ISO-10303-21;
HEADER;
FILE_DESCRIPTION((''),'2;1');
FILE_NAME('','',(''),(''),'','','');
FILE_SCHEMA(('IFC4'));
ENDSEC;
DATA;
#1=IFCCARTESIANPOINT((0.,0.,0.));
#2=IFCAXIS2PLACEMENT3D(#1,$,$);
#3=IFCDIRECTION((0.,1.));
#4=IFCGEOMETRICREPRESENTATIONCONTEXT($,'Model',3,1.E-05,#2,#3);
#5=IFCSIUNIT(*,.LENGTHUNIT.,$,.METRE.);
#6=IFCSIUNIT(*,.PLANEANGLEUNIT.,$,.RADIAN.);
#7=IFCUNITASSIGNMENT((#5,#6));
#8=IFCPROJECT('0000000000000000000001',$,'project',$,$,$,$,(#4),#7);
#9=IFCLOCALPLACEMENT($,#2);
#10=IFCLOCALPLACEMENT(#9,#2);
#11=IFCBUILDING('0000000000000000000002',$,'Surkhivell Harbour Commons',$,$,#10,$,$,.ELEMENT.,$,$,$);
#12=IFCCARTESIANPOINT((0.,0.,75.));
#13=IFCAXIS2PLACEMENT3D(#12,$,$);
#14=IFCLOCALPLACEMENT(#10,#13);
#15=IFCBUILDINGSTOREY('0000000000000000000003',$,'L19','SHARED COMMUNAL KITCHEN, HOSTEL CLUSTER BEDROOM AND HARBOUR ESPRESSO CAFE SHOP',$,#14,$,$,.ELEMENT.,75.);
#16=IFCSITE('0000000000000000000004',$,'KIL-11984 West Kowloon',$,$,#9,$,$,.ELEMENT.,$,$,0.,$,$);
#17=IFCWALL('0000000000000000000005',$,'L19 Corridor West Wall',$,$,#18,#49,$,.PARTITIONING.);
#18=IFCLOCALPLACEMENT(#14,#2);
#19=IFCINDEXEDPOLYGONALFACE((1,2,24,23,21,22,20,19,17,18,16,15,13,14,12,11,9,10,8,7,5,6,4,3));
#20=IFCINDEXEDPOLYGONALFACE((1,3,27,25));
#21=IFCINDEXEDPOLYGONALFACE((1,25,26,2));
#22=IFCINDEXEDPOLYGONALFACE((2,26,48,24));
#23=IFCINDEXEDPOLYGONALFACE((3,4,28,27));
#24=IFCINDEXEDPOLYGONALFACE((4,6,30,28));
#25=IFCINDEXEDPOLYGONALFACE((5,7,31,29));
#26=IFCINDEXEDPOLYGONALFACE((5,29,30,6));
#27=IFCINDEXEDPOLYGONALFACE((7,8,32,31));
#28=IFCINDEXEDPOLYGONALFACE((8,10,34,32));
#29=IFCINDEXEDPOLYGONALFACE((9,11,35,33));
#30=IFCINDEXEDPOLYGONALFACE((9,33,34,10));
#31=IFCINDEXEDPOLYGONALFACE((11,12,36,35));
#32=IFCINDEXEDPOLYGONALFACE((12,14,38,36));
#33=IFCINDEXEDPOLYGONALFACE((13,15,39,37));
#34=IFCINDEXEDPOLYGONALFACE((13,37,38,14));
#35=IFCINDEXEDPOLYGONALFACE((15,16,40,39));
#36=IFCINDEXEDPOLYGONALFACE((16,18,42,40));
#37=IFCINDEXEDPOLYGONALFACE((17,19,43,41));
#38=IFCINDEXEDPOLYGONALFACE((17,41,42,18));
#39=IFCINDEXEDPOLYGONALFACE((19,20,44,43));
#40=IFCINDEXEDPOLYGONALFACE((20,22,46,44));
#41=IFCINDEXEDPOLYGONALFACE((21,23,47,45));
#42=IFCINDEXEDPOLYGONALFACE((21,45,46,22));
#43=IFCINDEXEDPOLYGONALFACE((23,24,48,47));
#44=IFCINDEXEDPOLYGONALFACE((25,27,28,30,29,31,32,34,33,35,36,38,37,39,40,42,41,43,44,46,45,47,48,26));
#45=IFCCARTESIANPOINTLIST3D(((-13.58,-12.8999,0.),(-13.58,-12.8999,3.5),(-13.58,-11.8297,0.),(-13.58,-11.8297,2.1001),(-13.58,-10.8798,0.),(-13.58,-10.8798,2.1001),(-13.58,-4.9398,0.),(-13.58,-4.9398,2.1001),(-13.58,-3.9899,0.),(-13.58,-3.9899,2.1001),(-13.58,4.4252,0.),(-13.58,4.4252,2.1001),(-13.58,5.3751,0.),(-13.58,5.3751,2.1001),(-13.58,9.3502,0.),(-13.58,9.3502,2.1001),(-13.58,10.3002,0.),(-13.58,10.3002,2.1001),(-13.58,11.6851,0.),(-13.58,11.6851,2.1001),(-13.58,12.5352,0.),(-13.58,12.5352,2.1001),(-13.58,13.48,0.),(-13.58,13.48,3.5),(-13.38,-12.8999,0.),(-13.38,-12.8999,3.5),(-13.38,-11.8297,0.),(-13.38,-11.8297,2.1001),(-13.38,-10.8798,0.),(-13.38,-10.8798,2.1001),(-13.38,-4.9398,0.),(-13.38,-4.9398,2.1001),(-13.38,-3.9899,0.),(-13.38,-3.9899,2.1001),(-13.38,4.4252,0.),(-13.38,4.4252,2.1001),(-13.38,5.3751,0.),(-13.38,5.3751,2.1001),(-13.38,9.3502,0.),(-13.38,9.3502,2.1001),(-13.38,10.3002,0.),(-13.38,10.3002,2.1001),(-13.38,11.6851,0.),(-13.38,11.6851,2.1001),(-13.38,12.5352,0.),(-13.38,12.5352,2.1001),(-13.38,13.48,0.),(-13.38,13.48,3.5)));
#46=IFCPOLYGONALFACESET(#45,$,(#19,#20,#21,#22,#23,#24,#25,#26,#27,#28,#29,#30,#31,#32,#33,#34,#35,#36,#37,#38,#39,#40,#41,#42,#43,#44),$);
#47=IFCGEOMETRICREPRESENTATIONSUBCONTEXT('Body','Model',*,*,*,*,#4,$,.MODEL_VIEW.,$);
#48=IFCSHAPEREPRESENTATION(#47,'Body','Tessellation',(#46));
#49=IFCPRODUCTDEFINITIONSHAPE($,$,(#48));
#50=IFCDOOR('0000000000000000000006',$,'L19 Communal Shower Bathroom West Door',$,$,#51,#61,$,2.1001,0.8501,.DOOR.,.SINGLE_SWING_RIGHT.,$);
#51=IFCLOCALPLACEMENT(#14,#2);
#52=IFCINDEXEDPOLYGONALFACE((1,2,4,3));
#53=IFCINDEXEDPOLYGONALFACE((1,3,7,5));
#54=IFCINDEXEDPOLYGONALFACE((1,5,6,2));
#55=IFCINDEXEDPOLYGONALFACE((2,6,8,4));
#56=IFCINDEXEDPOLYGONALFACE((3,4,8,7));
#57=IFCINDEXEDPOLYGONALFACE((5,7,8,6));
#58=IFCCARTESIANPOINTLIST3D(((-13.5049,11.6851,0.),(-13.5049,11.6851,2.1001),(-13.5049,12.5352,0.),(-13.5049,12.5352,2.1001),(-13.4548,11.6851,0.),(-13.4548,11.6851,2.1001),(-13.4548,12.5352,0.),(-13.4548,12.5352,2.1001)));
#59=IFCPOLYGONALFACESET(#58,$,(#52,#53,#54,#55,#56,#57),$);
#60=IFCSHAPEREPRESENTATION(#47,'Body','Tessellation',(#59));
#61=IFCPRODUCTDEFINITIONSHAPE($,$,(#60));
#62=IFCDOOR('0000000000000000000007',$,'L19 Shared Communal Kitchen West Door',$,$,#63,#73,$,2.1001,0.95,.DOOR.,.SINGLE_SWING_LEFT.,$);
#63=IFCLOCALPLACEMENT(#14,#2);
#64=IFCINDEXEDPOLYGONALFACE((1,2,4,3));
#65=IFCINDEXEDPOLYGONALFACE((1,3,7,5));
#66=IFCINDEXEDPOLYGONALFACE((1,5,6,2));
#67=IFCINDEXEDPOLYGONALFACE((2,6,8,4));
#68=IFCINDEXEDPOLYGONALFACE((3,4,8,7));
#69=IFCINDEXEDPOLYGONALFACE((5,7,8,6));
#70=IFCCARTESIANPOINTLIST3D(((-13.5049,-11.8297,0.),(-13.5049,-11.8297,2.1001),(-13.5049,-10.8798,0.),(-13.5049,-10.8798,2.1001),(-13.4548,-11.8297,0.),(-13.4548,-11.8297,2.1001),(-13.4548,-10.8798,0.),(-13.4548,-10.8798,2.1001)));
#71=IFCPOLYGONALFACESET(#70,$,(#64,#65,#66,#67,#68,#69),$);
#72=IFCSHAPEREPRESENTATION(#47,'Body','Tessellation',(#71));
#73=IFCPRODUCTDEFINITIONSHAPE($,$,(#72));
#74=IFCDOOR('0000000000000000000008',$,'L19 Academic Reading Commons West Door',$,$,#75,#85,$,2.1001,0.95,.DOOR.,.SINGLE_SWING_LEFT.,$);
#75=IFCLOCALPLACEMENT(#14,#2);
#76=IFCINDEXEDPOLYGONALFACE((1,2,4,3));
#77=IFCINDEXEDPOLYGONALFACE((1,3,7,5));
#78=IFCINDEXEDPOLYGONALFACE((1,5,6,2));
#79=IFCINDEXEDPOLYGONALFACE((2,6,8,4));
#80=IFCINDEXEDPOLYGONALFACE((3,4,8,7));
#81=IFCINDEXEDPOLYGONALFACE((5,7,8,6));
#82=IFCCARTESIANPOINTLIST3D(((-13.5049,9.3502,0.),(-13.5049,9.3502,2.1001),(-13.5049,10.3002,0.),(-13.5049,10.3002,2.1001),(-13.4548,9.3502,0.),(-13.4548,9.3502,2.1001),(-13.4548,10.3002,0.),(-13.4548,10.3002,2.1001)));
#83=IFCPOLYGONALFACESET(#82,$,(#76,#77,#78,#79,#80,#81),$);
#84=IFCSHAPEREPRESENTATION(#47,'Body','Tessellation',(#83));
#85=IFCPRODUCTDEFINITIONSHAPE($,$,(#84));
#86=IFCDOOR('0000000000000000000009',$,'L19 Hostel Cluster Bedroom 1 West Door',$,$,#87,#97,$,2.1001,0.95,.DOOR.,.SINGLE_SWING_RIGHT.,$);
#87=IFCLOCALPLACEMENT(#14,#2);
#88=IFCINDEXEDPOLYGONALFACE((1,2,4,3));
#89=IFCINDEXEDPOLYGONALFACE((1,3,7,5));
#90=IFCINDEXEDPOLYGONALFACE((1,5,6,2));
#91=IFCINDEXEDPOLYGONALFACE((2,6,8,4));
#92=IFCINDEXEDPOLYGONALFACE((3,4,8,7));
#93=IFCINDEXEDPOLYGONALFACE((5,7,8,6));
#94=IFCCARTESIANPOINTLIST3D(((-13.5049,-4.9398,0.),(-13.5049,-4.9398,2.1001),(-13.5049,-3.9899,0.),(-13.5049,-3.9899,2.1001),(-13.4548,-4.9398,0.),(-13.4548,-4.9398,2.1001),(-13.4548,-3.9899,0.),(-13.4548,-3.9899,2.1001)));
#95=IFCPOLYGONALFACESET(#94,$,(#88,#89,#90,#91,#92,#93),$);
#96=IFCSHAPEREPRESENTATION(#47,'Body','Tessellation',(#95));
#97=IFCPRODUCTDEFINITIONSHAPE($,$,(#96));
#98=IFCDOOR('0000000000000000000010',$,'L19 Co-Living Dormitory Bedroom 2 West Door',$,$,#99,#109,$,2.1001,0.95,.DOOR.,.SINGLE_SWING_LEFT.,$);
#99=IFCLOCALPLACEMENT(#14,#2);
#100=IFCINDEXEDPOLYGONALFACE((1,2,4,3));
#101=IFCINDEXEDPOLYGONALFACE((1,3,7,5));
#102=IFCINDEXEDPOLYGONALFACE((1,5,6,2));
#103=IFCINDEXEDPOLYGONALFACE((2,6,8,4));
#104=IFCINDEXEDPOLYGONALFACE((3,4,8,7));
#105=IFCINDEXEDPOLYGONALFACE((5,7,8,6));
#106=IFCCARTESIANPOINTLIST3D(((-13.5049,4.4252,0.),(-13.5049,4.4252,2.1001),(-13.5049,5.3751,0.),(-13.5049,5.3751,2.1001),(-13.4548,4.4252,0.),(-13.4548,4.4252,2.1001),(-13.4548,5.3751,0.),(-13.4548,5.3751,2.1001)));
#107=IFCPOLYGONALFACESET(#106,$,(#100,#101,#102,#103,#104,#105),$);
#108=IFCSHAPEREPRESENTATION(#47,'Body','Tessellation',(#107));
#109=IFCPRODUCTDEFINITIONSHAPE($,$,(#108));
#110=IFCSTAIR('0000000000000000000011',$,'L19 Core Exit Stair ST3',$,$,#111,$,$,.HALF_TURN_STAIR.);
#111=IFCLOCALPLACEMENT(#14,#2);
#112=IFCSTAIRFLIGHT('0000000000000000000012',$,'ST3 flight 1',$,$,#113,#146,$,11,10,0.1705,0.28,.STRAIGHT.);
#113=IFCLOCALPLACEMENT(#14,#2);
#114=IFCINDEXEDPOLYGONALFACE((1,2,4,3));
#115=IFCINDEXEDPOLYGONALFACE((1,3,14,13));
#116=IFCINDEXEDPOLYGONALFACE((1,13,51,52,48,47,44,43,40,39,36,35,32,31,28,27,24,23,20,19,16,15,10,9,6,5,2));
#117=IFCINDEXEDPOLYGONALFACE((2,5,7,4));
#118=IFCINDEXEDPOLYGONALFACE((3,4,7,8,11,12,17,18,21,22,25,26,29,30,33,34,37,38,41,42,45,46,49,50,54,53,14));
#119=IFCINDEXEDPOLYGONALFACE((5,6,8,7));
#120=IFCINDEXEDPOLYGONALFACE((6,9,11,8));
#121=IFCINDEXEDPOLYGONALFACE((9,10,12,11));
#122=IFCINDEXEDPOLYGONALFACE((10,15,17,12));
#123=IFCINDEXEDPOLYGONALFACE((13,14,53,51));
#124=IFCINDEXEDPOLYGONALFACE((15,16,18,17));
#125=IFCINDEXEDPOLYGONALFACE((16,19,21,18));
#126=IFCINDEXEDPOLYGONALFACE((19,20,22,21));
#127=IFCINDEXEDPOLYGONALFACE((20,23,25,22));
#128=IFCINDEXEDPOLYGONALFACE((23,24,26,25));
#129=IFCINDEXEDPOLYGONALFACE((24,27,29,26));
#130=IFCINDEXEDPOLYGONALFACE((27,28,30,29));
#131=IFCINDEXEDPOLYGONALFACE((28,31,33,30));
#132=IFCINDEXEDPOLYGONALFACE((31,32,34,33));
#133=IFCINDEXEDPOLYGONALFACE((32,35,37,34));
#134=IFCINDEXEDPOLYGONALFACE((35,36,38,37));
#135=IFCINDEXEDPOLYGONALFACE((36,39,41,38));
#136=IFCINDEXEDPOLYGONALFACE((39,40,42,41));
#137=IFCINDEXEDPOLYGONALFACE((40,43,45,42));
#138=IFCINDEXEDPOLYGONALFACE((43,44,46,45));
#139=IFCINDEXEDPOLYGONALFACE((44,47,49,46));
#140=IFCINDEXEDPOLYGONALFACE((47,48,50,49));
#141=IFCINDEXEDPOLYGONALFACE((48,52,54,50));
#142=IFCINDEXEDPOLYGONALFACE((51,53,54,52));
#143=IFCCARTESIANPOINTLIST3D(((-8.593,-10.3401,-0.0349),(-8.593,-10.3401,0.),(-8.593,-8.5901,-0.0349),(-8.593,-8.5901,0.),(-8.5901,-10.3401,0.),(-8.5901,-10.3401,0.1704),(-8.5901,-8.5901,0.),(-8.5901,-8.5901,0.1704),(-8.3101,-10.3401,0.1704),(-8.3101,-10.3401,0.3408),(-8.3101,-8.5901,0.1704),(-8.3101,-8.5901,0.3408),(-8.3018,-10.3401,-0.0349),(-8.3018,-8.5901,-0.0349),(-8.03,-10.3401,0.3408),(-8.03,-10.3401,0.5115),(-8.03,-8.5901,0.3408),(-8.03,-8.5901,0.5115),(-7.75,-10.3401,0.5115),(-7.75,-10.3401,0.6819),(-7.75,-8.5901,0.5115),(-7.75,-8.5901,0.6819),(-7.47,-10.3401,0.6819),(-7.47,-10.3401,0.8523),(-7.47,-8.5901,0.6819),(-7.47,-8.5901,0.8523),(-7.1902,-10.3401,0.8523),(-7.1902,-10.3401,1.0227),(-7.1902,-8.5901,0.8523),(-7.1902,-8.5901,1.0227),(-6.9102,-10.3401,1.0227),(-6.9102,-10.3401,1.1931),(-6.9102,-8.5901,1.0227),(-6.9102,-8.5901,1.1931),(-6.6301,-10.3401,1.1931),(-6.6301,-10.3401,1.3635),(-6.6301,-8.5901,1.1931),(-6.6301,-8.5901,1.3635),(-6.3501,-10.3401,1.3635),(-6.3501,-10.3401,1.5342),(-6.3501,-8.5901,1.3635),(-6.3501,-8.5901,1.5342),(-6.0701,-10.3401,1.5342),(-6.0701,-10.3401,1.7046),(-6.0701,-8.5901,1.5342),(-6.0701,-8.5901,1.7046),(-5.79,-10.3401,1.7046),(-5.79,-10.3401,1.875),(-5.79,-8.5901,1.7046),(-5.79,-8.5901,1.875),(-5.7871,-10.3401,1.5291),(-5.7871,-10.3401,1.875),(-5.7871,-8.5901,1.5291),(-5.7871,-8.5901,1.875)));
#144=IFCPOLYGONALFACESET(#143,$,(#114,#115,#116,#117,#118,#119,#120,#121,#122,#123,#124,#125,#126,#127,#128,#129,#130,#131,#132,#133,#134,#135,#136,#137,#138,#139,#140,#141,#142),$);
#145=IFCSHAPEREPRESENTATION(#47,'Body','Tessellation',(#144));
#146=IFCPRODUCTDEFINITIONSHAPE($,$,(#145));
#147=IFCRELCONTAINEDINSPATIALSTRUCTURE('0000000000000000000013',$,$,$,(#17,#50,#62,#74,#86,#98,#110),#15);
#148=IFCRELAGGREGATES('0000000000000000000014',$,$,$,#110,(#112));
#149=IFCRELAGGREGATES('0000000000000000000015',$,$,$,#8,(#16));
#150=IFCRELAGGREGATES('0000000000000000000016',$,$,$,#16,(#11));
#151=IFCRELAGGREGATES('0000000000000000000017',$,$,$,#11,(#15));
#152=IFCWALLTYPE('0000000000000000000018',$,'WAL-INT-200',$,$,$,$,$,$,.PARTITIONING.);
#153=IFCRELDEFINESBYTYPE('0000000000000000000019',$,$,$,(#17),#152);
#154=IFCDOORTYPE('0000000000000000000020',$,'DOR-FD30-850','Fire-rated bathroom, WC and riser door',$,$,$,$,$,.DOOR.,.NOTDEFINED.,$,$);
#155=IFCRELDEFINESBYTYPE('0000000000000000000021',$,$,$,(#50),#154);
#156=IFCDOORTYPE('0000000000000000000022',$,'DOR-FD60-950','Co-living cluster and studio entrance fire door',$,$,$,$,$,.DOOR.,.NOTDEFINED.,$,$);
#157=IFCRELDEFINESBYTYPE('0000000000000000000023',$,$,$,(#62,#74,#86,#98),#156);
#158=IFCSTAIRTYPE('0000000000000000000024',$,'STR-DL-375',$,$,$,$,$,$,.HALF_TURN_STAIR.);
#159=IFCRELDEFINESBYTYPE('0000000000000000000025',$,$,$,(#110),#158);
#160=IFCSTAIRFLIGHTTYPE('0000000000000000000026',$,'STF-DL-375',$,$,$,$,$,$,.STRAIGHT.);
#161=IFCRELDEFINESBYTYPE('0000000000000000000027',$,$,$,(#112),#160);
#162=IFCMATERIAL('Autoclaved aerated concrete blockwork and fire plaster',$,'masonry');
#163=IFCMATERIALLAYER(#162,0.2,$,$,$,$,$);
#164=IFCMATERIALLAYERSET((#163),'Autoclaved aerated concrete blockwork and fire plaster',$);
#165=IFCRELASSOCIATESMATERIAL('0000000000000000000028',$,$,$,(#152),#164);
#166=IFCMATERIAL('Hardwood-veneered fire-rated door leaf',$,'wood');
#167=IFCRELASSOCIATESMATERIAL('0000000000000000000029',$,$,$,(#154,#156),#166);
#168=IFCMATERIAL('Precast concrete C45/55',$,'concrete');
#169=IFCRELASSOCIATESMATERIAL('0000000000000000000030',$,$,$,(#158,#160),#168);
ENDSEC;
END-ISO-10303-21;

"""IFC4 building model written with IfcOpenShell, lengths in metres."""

from ifc_helpers import new_model, si_unit, direction, frame, frame_2d, origin, place, context, subcontext, project, spatial, polyline, rectangle, outline, extrude, material, layer, layer_set, type_object, element, fill, aggregate, save


model = new_model("IFC4")

# Units and contexts
model_context = context("Model", 3, precision=1e-05, world=origin(), true_north=direction((0.0, 1.0)))
body_context = subcontext(model_context, "Body", "Model", "MODEL_VIEW")
ifc_project = project(units=[si_unit("LENGTHUNIT", "METRE"), si_unit("PLANEANGLEUNIT", "RADIAN")], contexts=[model_context])

# Site, building, storey
site_placement = place(None, origin())
site = spatial("IfcSite", under=ifc_project, at=site_placement, Name="KIL-11984 West Kowloon", CompositionType="ELEMENT", RefElevation=0.0)
building_placement = place(site_placement, origin())
building = spatial("IfcBuilding", under=site, at=building_placement, Name="Surkhivell Harbour Commons", CompositionType="ELEMENT")
storey_placement = place(building_placement, frame((0.0, 0.0, 75.0)))
storey = spatial("IfcBuildingStorey", under=building, at=storey_placement, Name="L19", Description="SHARED COMMUNAL KITCHEN, HOSTEL CLUSTER BEDROOM AND HARBOUR ESPRESSO CAFE SHOP", CompositionType="ELEMENT", Elevation=75.0)

# Wall, openings, doors
ifc_material_1 = material(Name="Autoclaved aerated concrete blockwork and fire plaster", Category="masonry")
ifc_layer_1 = layer(ifc_material_1, 0.2)
ifc_layer_set_1 = layer_set([ifc_layer_1], Name="Autoclaved aerated concrete blockwork and fire plaster")
wall_type_1 = type_object("IfcWallType", Name="WAL-INT-200", PredefinedType="PARTITIONING", material=ifc_layer_set_1)
ifc_material_2 = material(Name="Hardwood-veneered fire-rated door leaf", Category="wood")
door_type_1 = type_object("IfcDoorType", Name="DOR-FD30-850", Description="Fire-rated bathroom, WC and riser door", OperationType="NOTDEFINED", PredefinedType="DOOR", material=ifc_material_2)
wall_1_placement = place(storey_placement, frame((-13.48, -12.8999, 0.0), z_axis=(0.0, 0.0, 1.0), x_axis=(0.0, 1.0, 0.0)))
wall_1 = element("IfcWall", 1, at=wall_1_placement, inside=storey, type_object=wall_type_1, Name="L19 Corridor West Wall", PredefinedType="PARTITIONING", context=body_context, shape_type="SweptSolid", body=[
    extrude(rectangle(XDim=26.3799, YDim=0.2, at=frame_2d((13.1899, 0.0))), origin(), (0.0, 0.0, 1.0), 3.5),
])
opening_1_placement = place(wall_1_placement, frame((1.0701, 0.0, 0.0)))
opening_1 = element("IfcOpeningElement", 2, at=opening_1_placement, cuts=wall_1, PredefinedType="OPENING", context=body_context, shape_type="SweptSolid", body=[
    extrude(rectangle(XDim=0.95, YDim=2.1001, at=frame_2d((0.4751, 1.05))), frame((0.0, 0.1099, 0.0), z_axis=(0.0, -1.0, 0.0), x_axis=(1.0, 0.0, 0.0)), (0.0, 0.0, 1.0), 0.22),
])
opening_2_placement = place(wall_1_placement, frame((24.585, 0.0, 0.0)))
opening_2 = element("IfcOpeningElement", 3, at=opening_2_placement, cuts=wall_1, PredefinedType="OPENING", context=body_context, shape_type="SweptSolid", body=[
    extrude(rectangle(XDim=0.8501, YDim=2.1001, at=frame_2d((0.425, 1.05))), frame((0.0, 0.1099, 0.0), z_axis=(0.0, -1.0, 0.0), x_axis=(1.0, 0.0, 0.0)), (0.0, 0.0, 1.0), 0.22),
])
opening_3_placement = place(wall_1_placement, frame((22.25, 0.0, 0.0)))
opening_3 = element("IfcOpeningElement", 4, at=opening_3_placement, cuts=wall_1, PredefinedType="OPENING", context=body_context, shape_type="SweptSolid", body=[
    extrude(rectangle(XDim=0.95, YDim=2.1001, at=frame_2d((0.4751, 1.05))), frame((0.0, 0.1099, 0.0), z_axis=(0.0, -1.0, 0.0), x_axis=(1.0, 0.0, 0.0)), (0.0, 0.0, 1.0), 0.22),
])
opening_4_placement = place(wall_1_placement, frame((7.96, 0.0, 0.0)))
opening_4 = element("IfcOpeningElement", 5, at=opening_4_placement, cuts=wall_1, PredefinedType="OPENING", context=body_context, shape_type="SweptSolid", body=[
    extrude(rectangle(XDim=0.95, YDim=2.1001, at=frame_2d((0.4751, 1.05))), frame((0.0, 0.1099, 0.0), z_axis=(0.0, -1.0, 0.0), x_axis=(1.0, 0.0, 0.0)), (0.0, 0.0, 1.0), 0.22),
])
opening_5_placement = place(wall_1_placement, frame((17.325, 0.0, 0.0)))
opening_5 = element("IfcOpeningElement", 6, at=opening_5_placement, cuts=wall_1, PredefinedType="OPENING", context=body_context, shape_type="SweptSolid", body=[
    extrude(rectangle(XDim=0.95, YDim=2.1001, at=frame_2d((0.4751, 1.05))), frame((0.0, 0.1099, 0.0), z_axis=(0.0, -1.0, 0.0), x_axis=(1.0, 0.0, 0.0)), (0.0, 0.0, 1.0), 0.22),
])
door_1_placement = place(opening_2_placement, origin())
door_1 = element("IfcDoor", 7, at=door_1_placement, inside=storey, type_object=door_type_1, Name="L19 Communal Shower Bathroom West Door", OperationType="SINGLE_SWING_RIGHT", OverallHeight=2.1001, OverallWidth=0.8501, PredefinedType="DOOR", context=body_context, shape_type="SweptSolid", body=[
    extrude(rectangle(XDim=0.8501, YDim=2.1001, at=frame_2d((0.425, 1.05))), frame((0.0, 0.0249, 0.0), z_axis=(0.0, -1.0, 0.0), x_axis=(1.0, 0.0, 0.0)), (0.0, 0.0, 1.0), 0.05),
])
fill(opening_2, door_1)
door_type_2 = type_object("IfcDoorType", Name="DOR-FD60-950", Description="Co-living cluster and studio entrance fire door", OperationType="NOTDEFINED", PredefinedType="DOOR", material=ifc_material_2)
door_2_placement = place(opening_1_placement, origin())
door_2 = element("IfcDoor", 8, at=door_2_placement, inside=storey, type_object=door_type_2, Name="L19 Shared Communal Kitchen West Door", OperationType="SINGLE_SWING_LEFT", OverallHeight=2.1001, OverallWidth=0.95, PredefinedType="DOOR", context=body_context, shape_type="SweptSolid", body=[
    extrude(rectangle(XDim=0.95, YDim=2.1001, at=frame_2d((0.4751, 1.05))), frame((0.0, 0.0249, 0.0), z_axis=(0.0, -1.0, 0.0), x_axis=(1.0, 0.0, 0.0)), (0.0, 0.0, 1.0), 0.05),
])
fill(opening_1, door_2)
door_3_placement = place(opening_3_placement, origin())
door_3 = element("IfcDoor", 9, at=door_3_placement, inside=storey, type_object=door_type_2, Name="L19 Academic Reading Commons West Door", OperationType="SINGLE_SWING_LEFT", OverallHeight=2.1001, OverallWidth=0.95, PredefinedType="DOOR", context=body_context, shape_type="SweptSolid", body=[
    extrude(rectangle(XDim=0.95, YDim=2.1001, at=frame_2d((0.4751, 1.05))), frame((0.0, 0.0249, 0.0), z_axis=(0.0, -1.0, 0.0), x_axis=(1.0, 0.0, 0.0)), (0.0, 0.0, 1.0), 0.05),
])
fill(opening_3, door_3)
door_4_placement = place(opening_4_placement, origin())
door_4 = element("IfcDoor", 10, at=door_4_placement, inside=storey, type_object=door_type_2, Name="L19 Hostel Cluster Bedroom 1 West Door", OperationType="SINGLE_SWING_RIGHT", OverallHeight=2.1001, OverallWidth=0.95, PredefinedType="DOOR", context=body_context, shape_type="SweptSolid", body=[
    extrude(rectangle(XDim=0.95, YDim=2.1001, at=frame_2d((0.4751, 1.05))), frame((0.0, 0.0249, 0.0), z_axis=(0.0, -1.0, 0.0), x_axis=(1.0, 0.0, 0.0)), (0.0, 0.0, 1.0), 0.05),
])
fill(opening_4, door_4)
door_5_placement = place(opening_5_placement, origin())
door_5 = element("IfcDoor", 11, at=door_5_placement, inside=storey, type_object=door_type_2, Name="L19 Co-Living Dormitory Bedroom 2 West Door", OperationType="SINGLE_SWING_LEFT", OverallHeight=2.1001, OverallWidth=0.95, PredefinedType="DOOR", context=body_context, shape_type="SweptSolid", body=[
    extrude(rectangle(XDim=0.95, YDim=2.1001, at=frame_2d((0.4751, 1.05))), frame((0.0, 0.0249, 0.0), z_axis=(0.0, -1.0, 0.0), x_axis=(1.0, 0.0, 0.0)), (0.0, 0.0, 1.0), 0.05),
])
fill(opening_5, door_5)

# Stair, stair flight
ifc_material_3 = material(Name="Precast concrete C45/55", Category="concrete")
stair_type = type_object("IfcStairType", Name="STR-DL-375", PredefinedType="HALF_TURN_STAIR", material=ifc_material_3)
stair_placement = place(storey_placement, origin())
stair = element("IfcStair", 12, at=stair_placement, inside=storey, type_object=stair_type, Name="L19 Core Exit Stair ST3", PredefinedType="HALF_TURN_STAIR")
stair_flight_type = type_object("IfcStairFlightType", Name="STF-DL-375", PredefinedType="STRAIGHT", material=ifc_material_3)
stair_flight_placement = place(storey_placement, frame((-8.5901, -9.4651, 0.0), z_axis=(0.0, 0.0, 1.0), x_axis=(1.0, 0.0, 0.0)))
stair_flight = element("IfcStairFlight", 13, at=stair_flight_placement, type_object=stair_flight_type, Name="ST3 flight 1", NumberOfRisers=11, NumberOfTreads=10, PredefinedType="STRAIGHT", RiserHeight=0.1705, TreadLength=0.28, context=body_context, shape_type="SweptSolid", body=[
    extrude(outline(polyline([(-0.0029, -0.0349), (-0.0029, 0.0), (0.0, 0.0), (0.0, 0.1704), (0.28, 0.1704), (0.28, 0.3408), (0.5601, 0.3408), (0.5601, 0.5115), (0.8401, 0.5115), (0.8401, 0.6819), (1.1201, 0.6819), (1.1201, 0.8523), (1.3999, 0.8523), (1.3999, 1.0227), (1.6799, 1.0227), (1.6799, 1.1931), (1.96, 1.1931), (1.96, 1.3635), (2.24, 1.3635), (2.24, 1.5342), (2.52, 1.5342), (2.52, 1.7046), (2.8, 1.7046), (2.8, 1.875), (2.803, 1.875), (2.803, 1.5291), (0.2883, -0.0349), (-0.0029, -0.0349)])), frame((0.0, 0.875, 0.0), z_axis=(0.0, -1.0, 0.0), x_axis=(1.0, 0.0, 0.0)), (0.0, 0.0, 1.0), 1.75),
])
aggregate(stair, [stair_flight])

save(model, "model.ifc")
